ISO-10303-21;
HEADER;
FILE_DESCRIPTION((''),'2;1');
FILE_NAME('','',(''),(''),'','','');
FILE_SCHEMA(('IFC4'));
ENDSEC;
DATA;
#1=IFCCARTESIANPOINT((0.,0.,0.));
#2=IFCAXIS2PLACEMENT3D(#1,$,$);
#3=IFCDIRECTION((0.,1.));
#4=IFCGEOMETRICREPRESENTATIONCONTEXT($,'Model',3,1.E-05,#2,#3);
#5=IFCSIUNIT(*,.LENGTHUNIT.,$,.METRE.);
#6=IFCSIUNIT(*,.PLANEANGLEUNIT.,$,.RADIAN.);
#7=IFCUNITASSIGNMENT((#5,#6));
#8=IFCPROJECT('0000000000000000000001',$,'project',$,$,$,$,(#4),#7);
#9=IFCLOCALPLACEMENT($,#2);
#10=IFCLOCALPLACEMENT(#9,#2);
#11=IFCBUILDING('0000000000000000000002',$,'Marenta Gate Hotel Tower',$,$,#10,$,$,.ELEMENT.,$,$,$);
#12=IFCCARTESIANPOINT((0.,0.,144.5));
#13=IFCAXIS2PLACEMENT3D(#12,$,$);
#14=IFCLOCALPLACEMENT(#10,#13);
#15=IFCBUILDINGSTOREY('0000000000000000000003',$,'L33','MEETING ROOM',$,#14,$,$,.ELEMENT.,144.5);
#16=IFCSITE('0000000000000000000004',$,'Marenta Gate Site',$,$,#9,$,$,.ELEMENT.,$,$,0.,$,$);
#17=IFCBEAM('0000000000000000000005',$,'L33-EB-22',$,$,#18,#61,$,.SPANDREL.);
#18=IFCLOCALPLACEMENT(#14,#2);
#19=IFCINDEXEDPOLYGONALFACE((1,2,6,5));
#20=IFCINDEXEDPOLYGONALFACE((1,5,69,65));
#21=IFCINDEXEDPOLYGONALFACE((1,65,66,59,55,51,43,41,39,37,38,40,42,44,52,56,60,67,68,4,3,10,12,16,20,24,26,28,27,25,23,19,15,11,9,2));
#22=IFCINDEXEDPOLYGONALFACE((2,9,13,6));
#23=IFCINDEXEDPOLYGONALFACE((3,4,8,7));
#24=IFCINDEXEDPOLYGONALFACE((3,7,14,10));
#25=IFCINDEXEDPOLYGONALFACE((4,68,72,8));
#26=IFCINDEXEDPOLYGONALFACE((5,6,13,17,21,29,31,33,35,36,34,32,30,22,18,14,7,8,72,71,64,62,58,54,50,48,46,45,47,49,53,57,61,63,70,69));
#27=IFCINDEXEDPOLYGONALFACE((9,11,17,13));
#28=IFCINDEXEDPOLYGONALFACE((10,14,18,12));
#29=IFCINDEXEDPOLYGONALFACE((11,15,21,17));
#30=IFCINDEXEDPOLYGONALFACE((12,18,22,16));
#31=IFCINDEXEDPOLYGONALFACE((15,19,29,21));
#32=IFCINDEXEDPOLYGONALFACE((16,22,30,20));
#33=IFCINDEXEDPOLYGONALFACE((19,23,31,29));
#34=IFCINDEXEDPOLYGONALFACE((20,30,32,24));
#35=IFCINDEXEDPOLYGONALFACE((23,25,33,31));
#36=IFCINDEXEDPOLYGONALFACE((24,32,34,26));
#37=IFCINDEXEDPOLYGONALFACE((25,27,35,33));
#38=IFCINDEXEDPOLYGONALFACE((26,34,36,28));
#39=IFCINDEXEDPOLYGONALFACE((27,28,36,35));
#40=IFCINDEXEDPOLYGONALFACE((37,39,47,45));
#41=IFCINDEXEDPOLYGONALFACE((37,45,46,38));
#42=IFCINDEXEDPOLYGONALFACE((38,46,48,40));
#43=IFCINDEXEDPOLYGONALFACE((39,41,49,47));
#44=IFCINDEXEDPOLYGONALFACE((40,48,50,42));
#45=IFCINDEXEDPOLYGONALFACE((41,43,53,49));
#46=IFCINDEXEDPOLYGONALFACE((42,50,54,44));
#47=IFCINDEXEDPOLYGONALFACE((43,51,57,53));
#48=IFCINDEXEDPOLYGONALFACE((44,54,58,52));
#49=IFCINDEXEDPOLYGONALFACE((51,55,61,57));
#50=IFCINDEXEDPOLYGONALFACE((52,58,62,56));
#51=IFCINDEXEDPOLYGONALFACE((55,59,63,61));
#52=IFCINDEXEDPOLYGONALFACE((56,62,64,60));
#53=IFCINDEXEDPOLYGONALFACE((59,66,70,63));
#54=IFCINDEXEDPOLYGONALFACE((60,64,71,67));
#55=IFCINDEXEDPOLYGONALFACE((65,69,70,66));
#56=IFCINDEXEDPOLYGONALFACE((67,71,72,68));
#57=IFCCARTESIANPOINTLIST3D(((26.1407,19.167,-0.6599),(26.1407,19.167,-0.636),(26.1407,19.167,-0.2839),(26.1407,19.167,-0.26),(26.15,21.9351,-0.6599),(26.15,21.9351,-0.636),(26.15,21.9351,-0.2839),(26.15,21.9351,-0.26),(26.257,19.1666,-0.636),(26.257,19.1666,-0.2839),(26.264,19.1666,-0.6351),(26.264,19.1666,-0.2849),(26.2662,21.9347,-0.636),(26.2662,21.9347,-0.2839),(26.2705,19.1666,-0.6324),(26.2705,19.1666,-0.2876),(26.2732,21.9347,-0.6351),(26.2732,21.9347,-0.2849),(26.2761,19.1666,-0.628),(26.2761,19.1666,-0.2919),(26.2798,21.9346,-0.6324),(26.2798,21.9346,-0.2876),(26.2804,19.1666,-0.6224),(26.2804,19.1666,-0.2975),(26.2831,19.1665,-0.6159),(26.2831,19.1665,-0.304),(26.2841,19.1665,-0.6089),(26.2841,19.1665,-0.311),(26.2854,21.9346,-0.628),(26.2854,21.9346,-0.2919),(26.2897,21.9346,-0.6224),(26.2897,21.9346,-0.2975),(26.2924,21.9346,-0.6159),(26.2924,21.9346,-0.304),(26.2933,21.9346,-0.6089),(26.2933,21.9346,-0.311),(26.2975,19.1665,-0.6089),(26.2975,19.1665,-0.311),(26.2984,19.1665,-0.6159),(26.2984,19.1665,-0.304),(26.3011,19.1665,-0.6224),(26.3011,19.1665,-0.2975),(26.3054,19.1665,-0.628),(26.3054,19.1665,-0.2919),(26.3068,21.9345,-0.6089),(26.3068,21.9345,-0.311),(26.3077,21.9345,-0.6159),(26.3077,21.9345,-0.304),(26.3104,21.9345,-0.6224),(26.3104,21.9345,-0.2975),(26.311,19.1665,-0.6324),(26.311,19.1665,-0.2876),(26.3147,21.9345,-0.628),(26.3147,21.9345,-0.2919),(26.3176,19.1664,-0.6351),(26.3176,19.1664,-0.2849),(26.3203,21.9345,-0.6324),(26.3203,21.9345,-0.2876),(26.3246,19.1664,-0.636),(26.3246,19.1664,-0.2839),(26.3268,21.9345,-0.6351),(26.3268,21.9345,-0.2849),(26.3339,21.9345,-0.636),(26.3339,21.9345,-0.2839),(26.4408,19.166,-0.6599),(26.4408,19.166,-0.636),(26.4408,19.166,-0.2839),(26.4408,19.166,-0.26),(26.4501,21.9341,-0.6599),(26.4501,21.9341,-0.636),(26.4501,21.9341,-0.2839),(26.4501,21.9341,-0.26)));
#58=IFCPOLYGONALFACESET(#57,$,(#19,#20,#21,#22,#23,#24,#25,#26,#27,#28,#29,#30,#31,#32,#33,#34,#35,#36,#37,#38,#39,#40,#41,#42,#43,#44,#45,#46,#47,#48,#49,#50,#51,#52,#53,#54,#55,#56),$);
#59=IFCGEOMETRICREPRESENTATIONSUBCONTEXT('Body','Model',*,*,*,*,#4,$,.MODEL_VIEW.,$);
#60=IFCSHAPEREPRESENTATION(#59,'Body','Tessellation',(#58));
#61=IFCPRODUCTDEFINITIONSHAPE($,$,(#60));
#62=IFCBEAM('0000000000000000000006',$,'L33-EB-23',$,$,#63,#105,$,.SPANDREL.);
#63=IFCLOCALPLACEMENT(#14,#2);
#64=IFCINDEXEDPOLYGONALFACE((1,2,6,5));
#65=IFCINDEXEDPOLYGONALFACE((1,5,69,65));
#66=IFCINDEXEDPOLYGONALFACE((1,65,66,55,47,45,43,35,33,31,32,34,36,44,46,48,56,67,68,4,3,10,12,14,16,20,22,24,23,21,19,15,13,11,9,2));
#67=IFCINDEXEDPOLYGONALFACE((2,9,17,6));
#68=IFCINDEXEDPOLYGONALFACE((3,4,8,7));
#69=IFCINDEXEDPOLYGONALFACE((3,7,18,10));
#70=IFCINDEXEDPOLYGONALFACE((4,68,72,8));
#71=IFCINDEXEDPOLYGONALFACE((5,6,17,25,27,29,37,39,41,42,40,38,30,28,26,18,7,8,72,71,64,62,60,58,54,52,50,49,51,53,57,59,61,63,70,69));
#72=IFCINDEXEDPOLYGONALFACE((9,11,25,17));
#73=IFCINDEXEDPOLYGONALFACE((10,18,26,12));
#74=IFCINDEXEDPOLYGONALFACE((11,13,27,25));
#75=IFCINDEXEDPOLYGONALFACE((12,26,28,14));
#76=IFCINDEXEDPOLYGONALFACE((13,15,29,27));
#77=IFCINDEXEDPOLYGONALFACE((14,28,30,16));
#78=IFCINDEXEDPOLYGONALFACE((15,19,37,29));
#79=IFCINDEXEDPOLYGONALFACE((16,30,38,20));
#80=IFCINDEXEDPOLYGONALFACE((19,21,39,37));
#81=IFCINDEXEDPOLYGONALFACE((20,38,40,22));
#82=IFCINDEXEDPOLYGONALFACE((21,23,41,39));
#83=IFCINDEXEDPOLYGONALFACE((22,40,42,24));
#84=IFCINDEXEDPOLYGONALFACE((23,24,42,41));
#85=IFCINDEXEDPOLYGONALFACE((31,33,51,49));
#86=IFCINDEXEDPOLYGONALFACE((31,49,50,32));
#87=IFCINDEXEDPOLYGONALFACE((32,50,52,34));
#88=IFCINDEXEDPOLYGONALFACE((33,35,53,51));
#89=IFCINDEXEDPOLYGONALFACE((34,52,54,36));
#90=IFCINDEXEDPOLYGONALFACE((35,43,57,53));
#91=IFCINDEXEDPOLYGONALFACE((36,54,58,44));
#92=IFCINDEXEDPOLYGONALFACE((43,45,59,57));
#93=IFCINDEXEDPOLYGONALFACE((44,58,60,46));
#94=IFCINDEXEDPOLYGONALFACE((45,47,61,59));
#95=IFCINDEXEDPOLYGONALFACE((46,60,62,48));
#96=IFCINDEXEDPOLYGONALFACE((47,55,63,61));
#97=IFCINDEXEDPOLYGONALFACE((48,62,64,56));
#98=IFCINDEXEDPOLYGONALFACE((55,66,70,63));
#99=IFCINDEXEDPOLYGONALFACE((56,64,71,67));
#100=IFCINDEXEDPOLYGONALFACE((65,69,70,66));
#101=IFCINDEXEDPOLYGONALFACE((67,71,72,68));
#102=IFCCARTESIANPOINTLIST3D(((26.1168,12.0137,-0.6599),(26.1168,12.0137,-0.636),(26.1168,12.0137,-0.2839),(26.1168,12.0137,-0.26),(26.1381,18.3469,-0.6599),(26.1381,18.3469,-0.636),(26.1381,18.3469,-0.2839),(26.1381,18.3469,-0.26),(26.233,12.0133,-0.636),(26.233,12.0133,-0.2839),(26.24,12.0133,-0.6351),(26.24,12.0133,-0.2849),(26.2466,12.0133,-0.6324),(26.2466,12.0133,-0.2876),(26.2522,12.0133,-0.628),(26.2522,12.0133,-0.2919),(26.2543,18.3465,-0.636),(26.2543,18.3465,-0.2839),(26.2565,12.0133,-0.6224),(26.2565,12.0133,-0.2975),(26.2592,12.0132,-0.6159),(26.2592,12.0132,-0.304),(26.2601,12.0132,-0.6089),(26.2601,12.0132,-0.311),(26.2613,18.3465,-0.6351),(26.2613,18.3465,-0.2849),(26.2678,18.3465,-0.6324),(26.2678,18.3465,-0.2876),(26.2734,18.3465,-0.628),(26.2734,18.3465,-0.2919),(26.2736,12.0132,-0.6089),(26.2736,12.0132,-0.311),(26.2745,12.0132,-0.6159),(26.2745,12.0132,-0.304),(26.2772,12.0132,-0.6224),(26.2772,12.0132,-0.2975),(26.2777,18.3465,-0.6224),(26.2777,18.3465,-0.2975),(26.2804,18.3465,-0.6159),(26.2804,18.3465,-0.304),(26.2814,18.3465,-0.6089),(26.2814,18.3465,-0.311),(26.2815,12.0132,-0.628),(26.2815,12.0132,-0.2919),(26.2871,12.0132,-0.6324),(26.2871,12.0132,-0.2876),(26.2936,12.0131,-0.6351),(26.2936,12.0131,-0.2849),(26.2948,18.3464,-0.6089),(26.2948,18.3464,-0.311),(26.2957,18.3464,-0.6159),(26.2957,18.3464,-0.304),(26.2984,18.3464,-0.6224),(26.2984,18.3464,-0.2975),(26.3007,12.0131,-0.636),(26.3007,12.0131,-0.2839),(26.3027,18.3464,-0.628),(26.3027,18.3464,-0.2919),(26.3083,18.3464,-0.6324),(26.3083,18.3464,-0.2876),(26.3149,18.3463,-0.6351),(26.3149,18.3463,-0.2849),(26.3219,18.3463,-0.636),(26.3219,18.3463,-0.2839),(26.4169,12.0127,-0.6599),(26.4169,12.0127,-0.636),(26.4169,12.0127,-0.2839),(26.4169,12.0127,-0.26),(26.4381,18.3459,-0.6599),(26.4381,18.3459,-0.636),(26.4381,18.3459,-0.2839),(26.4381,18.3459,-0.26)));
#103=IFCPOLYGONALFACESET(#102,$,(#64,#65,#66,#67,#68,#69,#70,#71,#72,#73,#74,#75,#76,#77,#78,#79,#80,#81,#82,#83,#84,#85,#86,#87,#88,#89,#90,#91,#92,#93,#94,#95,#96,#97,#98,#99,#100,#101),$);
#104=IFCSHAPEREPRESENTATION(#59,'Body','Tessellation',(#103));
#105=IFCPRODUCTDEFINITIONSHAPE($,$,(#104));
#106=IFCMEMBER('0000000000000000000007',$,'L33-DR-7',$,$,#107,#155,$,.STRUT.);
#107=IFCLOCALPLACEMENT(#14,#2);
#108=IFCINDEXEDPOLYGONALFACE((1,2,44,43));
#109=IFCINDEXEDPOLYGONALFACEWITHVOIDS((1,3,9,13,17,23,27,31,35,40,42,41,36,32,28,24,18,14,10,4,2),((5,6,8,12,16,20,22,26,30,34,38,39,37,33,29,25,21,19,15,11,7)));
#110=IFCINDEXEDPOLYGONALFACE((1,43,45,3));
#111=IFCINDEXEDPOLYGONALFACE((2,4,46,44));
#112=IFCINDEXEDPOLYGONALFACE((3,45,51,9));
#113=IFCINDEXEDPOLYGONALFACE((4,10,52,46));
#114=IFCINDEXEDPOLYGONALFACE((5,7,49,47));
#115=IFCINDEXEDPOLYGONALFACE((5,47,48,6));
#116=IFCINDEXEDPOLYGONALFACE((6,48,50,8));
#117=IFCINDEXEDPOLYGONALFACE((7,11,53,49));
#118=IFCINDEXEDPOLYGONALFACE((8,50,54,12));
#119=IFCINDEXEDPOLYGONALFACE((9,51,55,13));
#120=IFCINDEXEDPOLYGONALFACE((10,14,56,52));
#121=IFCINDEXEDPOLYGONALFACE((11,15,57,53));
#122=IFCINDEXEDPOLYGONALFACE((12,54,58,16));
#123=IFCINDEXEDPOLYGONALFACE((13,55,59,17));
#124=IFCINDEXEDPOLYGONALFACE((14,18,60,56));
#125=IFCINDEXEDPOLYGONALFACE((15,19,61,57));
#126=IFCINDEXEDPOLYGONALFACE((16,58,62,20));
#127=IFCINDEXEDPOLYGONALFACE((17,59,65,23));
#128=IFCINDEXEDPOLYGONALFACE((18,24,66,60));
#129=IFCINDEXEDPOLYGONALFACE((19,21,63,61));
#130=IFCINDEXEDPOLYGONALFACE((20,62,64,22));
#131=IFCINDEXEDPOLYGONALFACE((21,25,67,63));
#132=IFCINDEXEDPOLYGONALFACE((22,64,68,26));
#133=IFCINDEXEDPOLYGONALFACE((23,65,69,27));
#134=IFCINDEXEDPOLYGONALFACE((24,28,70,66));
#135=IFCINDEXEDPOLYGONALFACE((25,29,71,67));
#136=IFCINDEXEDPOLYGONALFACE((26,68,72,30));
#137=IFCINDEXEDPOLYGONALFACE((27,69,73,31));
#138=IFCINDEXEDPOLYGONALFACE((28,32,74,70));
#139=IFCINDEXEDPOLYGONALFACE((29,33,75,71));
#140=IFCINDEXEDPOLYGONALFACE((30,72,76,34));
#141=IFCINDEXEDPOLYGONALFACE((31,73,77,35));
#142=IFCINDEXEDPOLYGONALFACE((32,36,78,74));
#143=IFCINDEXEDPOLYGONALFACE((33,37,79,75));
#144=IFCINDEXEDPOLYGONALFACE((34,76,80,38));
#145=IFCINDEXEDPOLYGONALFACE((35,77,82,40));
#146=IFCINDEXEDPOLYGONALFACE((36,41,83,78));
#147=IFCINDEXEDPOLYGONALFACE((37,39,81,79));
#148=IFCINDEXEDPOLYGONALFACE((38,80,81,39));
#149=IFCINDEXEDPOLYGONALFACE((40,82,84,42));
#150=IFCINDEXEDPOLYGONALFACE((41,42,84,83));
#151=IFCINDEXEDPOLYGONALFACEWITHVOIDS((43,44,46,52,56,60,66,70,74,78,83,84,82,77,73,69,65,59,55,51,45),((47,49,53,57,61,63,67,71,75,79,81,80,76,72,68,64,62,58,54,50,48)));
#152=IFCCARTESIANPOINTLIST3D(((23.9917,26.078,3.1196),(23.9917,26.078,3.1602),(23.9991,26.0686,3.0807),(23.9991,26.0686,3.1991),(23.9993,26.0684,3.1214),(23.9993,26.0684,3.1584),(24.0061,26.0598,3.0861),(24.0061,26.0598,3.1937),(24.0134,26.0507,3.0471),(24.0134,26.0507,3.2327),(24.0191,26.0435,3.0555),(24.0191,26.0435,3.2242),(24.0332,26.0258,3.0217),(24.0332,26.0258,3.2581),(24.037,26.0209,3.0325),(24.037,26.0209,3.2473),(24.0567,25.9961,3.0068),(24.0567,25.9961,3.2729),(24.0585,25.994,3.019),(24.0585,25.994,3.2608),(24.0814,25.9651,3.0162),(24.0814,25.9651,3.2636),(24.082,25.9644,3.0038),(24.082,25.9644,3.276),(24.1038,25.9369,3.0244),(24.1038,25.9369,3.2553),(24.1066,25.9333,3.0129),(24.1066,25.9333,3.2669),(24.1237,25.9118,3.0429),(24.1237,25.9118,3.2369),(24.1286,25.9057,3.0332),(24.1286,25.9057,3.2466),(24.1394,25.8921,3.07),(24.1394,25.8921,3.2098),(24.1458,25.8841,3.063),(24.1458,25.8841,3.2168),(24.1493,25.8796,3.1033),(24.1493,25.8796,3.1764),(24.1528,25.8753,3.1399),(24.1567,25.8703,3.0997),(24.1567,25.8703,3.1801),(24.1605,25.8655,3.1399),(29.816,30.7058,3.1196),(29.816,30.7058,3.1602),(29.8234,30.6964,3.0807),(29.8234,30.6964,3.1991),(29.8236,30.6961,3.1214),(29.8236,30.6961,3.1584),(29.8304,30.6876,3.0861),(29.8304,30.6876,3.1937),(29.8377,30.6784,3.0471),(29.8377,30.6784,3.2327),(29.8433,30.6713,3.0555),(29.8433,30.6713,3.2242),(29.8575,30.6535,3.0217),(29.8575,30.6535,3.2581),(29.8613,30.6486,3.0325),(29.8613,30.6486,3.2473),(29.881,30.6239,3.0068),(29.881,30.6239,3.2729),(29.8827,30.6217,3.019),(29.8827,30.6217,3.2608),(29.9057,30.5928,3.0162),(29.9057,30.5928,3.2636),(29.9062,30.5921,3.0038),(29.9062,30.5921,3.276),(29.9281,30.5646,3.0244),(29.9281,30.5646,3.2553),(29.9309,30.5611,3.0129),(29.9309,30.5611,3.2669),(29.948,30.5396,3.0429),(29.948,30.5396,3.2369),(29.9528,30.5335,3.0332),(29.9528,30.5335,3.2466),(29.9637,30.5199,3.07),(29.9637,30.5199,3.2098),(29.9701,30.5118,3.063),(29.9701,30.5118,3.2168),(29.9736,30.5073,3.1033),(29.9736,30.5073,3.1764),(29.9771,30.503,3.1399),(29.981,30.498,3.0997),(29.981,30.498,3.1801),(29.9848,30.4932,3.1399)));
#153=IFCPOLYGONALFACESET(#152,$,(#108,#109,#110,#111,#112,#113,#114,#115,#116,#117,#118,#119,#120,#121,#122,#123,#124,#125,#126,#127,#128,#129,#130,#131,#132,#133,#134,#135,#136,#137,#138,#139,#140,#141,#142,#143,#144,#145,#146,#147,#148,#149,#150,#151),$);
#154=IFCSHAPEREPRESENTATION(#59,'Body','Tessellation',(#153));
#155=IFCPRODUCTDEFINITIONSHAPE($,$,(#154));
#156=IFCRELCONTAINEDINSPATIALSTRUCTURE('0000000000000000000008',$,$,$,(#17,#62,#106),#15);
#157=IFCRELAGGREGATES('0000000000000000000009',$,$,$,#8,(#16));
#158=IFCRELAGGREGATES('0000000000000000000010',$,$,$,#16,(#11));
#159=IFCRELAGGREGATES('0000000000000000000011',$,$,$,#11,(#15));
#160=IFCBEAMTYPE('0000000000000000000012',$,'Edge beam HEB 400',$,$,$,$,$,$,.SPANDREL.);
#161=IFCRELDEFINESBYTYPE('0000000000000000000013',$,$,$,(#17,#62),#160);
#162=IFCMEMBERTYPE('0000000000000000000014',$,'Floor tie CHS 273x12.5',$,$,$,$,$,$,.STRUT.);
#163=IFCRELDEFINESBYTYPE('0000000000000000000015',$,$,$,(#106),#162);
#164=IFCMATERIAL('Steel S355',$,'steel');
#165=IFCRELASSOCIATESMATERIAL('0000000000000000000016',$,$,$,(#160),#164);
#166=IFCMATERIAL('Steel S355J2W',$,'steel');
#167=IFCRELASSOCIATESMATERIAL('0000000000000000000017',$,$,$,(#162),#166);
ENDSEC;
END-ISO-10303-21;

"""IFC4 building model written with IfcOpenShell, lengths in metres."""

from ifc_helpers import new_model, si_unit, direction, frame, origin, origin_2d, place, context, subcontext, project, spatial, hollow_circle, i_section, extrude, material, material_profile, profile_set, type_object, element, save


model = new_model("IFC4")

# Units and contexts
model_context = context("Model", 3, precision=1e-05, world=origin(), true_north=direction((0.0, 1.0)))
body_context = subcontext(model_context, "Body", "Model", "MODEL_VIEW")
ifc_project = project(units=[si_unit("LENGTHUNIT", "METRE"), si_unit("PLANEANGLEUNIT", "RADIAN")], contexts=[model_context])

# Site, building, storey
site_placement = place(None, origin())
site = spatial("IfcSite", under=ifc_project, at=site_placement, Name="Marenta Gate Site", CompositionType="ELEMENT", RefElevation=0.0)
building_placement = place(site_placement, origin())
building = spatial("IfcBuilding", under=site, at=building_placement, Name="Marenta Gate Hotel Tower", CompositionType="ELEMENT")
storey_placement = place(building_placement, frame((0.0, 0.0, 144.5)))
storey = spatial("IfcBuildingStorey", under=building, at=storey_placement, Name="L33", Description="MEETING ROOM", CompositionType="ELEMENT", Elevation=144.5)

# Beams
ifc_material_1 = material(Name="Steel S355", Category="steel")
ifc_material_profile_1 = material_profile(ifc_material_1, i_section(OverallWidth=0.3, OverallDepth=0.3999, WebThickness=0.0134, FlangeThickness=0.0239, FilletRadius=0.0271, at=origin_2d()), Name="HEB 400")
ifc_profile_set_1 = profile_set([ifc_material_profile_1], Name="Steel S355")
beam_type = type_object("IfcBeamType", Name="Edge beam HEB 400", PredefinedType="SPANDREL", material=ifc_profile_set_1)
beam_1_placement = place(storey_placement, frame((26.3, 21.9346, -0.46), z_axis=(-0.003352, -0.999994, 0.0), x_axis=(0.999994, -0.003352, 0.0)))
element("IfcBeam", 1, at=beam_1_placement, inside=storey, type_object=beam_type, Name="L33-EB-22", PredefinedType="SPANDREL", context=body_context, shape_type="SweptSolid", body=[
    extrude(i_section(OverallWidth=0.3, OverallDepth=0.3999, WebThickness=0.0134, FlangeThickness=0.0239, FilletRadius=0.0271, at=origin_2d()), origin(), (0.0, 0.0, 1.0), 2.7681),
])
beam_2_placement = place(storey_placement, frame((26.2881, 18.3464, -0.46), z_axis=(-0.003354, -0.999994, 0.0), x_axis=(0.999994, -0.003354, 0.0)))
element("IfcBeam", 2, at=beam_2_placement, inside=storey, type_object=beam_type, Name="L33-EB-23", PredefinedType="SPANDREL", context=body_context, shape_type="SweptSolid", body=[
    extrude(i_section(OverallWidth=0.3, OverallDepth=0.3999, WebThickness=0.0134, FlangeThickness=0.0239, FilletRadius=0.0271, at=origin_2d()), origin(), (0.0, 0.0, 1.0), 6.3333),
])

# Member
ifc_material_2 = material(Name="Steel S355J2W", Category="steel")
ifc_material_profile_2 = material_profile(ifc_material_2, hollow_circle(Radius=0.1365, WallThickness=0.0125, at=origin_2d()), Name="CHS 273x12.5")
ifc_profile_set_2 = profile_set([ifc_material_profile_2], Name="Steel S355J2W")
member_type_1 = type_object("IfcMemberType", Name="Floor tie CHS 273x12.5", PredefinedType="STRUT", material=ifc_profile_set_2)
member_1_placement = place(storey_placement, frame((29.8999, 30.6001, 3.1399), z_axis=(-0.782943, -0.622094, 0.0), x_axis=(0.622094, -0.782943, 0.0)))
element("IfcMember", 3, at=member_1_placement, inside=storey, type_object=member_type_1, Name="L33-DR-7", PredefinedType="STRUT", context=body_context, shape_type="SweptSolid", body=[
    extrude(hollow_circle(Radius=0.1365, WallThickness=0.0125, at=origin_2d()), origin(), (0.0, 0.0, 1.0), 7.439),
])

save(model, "model.ifc")
